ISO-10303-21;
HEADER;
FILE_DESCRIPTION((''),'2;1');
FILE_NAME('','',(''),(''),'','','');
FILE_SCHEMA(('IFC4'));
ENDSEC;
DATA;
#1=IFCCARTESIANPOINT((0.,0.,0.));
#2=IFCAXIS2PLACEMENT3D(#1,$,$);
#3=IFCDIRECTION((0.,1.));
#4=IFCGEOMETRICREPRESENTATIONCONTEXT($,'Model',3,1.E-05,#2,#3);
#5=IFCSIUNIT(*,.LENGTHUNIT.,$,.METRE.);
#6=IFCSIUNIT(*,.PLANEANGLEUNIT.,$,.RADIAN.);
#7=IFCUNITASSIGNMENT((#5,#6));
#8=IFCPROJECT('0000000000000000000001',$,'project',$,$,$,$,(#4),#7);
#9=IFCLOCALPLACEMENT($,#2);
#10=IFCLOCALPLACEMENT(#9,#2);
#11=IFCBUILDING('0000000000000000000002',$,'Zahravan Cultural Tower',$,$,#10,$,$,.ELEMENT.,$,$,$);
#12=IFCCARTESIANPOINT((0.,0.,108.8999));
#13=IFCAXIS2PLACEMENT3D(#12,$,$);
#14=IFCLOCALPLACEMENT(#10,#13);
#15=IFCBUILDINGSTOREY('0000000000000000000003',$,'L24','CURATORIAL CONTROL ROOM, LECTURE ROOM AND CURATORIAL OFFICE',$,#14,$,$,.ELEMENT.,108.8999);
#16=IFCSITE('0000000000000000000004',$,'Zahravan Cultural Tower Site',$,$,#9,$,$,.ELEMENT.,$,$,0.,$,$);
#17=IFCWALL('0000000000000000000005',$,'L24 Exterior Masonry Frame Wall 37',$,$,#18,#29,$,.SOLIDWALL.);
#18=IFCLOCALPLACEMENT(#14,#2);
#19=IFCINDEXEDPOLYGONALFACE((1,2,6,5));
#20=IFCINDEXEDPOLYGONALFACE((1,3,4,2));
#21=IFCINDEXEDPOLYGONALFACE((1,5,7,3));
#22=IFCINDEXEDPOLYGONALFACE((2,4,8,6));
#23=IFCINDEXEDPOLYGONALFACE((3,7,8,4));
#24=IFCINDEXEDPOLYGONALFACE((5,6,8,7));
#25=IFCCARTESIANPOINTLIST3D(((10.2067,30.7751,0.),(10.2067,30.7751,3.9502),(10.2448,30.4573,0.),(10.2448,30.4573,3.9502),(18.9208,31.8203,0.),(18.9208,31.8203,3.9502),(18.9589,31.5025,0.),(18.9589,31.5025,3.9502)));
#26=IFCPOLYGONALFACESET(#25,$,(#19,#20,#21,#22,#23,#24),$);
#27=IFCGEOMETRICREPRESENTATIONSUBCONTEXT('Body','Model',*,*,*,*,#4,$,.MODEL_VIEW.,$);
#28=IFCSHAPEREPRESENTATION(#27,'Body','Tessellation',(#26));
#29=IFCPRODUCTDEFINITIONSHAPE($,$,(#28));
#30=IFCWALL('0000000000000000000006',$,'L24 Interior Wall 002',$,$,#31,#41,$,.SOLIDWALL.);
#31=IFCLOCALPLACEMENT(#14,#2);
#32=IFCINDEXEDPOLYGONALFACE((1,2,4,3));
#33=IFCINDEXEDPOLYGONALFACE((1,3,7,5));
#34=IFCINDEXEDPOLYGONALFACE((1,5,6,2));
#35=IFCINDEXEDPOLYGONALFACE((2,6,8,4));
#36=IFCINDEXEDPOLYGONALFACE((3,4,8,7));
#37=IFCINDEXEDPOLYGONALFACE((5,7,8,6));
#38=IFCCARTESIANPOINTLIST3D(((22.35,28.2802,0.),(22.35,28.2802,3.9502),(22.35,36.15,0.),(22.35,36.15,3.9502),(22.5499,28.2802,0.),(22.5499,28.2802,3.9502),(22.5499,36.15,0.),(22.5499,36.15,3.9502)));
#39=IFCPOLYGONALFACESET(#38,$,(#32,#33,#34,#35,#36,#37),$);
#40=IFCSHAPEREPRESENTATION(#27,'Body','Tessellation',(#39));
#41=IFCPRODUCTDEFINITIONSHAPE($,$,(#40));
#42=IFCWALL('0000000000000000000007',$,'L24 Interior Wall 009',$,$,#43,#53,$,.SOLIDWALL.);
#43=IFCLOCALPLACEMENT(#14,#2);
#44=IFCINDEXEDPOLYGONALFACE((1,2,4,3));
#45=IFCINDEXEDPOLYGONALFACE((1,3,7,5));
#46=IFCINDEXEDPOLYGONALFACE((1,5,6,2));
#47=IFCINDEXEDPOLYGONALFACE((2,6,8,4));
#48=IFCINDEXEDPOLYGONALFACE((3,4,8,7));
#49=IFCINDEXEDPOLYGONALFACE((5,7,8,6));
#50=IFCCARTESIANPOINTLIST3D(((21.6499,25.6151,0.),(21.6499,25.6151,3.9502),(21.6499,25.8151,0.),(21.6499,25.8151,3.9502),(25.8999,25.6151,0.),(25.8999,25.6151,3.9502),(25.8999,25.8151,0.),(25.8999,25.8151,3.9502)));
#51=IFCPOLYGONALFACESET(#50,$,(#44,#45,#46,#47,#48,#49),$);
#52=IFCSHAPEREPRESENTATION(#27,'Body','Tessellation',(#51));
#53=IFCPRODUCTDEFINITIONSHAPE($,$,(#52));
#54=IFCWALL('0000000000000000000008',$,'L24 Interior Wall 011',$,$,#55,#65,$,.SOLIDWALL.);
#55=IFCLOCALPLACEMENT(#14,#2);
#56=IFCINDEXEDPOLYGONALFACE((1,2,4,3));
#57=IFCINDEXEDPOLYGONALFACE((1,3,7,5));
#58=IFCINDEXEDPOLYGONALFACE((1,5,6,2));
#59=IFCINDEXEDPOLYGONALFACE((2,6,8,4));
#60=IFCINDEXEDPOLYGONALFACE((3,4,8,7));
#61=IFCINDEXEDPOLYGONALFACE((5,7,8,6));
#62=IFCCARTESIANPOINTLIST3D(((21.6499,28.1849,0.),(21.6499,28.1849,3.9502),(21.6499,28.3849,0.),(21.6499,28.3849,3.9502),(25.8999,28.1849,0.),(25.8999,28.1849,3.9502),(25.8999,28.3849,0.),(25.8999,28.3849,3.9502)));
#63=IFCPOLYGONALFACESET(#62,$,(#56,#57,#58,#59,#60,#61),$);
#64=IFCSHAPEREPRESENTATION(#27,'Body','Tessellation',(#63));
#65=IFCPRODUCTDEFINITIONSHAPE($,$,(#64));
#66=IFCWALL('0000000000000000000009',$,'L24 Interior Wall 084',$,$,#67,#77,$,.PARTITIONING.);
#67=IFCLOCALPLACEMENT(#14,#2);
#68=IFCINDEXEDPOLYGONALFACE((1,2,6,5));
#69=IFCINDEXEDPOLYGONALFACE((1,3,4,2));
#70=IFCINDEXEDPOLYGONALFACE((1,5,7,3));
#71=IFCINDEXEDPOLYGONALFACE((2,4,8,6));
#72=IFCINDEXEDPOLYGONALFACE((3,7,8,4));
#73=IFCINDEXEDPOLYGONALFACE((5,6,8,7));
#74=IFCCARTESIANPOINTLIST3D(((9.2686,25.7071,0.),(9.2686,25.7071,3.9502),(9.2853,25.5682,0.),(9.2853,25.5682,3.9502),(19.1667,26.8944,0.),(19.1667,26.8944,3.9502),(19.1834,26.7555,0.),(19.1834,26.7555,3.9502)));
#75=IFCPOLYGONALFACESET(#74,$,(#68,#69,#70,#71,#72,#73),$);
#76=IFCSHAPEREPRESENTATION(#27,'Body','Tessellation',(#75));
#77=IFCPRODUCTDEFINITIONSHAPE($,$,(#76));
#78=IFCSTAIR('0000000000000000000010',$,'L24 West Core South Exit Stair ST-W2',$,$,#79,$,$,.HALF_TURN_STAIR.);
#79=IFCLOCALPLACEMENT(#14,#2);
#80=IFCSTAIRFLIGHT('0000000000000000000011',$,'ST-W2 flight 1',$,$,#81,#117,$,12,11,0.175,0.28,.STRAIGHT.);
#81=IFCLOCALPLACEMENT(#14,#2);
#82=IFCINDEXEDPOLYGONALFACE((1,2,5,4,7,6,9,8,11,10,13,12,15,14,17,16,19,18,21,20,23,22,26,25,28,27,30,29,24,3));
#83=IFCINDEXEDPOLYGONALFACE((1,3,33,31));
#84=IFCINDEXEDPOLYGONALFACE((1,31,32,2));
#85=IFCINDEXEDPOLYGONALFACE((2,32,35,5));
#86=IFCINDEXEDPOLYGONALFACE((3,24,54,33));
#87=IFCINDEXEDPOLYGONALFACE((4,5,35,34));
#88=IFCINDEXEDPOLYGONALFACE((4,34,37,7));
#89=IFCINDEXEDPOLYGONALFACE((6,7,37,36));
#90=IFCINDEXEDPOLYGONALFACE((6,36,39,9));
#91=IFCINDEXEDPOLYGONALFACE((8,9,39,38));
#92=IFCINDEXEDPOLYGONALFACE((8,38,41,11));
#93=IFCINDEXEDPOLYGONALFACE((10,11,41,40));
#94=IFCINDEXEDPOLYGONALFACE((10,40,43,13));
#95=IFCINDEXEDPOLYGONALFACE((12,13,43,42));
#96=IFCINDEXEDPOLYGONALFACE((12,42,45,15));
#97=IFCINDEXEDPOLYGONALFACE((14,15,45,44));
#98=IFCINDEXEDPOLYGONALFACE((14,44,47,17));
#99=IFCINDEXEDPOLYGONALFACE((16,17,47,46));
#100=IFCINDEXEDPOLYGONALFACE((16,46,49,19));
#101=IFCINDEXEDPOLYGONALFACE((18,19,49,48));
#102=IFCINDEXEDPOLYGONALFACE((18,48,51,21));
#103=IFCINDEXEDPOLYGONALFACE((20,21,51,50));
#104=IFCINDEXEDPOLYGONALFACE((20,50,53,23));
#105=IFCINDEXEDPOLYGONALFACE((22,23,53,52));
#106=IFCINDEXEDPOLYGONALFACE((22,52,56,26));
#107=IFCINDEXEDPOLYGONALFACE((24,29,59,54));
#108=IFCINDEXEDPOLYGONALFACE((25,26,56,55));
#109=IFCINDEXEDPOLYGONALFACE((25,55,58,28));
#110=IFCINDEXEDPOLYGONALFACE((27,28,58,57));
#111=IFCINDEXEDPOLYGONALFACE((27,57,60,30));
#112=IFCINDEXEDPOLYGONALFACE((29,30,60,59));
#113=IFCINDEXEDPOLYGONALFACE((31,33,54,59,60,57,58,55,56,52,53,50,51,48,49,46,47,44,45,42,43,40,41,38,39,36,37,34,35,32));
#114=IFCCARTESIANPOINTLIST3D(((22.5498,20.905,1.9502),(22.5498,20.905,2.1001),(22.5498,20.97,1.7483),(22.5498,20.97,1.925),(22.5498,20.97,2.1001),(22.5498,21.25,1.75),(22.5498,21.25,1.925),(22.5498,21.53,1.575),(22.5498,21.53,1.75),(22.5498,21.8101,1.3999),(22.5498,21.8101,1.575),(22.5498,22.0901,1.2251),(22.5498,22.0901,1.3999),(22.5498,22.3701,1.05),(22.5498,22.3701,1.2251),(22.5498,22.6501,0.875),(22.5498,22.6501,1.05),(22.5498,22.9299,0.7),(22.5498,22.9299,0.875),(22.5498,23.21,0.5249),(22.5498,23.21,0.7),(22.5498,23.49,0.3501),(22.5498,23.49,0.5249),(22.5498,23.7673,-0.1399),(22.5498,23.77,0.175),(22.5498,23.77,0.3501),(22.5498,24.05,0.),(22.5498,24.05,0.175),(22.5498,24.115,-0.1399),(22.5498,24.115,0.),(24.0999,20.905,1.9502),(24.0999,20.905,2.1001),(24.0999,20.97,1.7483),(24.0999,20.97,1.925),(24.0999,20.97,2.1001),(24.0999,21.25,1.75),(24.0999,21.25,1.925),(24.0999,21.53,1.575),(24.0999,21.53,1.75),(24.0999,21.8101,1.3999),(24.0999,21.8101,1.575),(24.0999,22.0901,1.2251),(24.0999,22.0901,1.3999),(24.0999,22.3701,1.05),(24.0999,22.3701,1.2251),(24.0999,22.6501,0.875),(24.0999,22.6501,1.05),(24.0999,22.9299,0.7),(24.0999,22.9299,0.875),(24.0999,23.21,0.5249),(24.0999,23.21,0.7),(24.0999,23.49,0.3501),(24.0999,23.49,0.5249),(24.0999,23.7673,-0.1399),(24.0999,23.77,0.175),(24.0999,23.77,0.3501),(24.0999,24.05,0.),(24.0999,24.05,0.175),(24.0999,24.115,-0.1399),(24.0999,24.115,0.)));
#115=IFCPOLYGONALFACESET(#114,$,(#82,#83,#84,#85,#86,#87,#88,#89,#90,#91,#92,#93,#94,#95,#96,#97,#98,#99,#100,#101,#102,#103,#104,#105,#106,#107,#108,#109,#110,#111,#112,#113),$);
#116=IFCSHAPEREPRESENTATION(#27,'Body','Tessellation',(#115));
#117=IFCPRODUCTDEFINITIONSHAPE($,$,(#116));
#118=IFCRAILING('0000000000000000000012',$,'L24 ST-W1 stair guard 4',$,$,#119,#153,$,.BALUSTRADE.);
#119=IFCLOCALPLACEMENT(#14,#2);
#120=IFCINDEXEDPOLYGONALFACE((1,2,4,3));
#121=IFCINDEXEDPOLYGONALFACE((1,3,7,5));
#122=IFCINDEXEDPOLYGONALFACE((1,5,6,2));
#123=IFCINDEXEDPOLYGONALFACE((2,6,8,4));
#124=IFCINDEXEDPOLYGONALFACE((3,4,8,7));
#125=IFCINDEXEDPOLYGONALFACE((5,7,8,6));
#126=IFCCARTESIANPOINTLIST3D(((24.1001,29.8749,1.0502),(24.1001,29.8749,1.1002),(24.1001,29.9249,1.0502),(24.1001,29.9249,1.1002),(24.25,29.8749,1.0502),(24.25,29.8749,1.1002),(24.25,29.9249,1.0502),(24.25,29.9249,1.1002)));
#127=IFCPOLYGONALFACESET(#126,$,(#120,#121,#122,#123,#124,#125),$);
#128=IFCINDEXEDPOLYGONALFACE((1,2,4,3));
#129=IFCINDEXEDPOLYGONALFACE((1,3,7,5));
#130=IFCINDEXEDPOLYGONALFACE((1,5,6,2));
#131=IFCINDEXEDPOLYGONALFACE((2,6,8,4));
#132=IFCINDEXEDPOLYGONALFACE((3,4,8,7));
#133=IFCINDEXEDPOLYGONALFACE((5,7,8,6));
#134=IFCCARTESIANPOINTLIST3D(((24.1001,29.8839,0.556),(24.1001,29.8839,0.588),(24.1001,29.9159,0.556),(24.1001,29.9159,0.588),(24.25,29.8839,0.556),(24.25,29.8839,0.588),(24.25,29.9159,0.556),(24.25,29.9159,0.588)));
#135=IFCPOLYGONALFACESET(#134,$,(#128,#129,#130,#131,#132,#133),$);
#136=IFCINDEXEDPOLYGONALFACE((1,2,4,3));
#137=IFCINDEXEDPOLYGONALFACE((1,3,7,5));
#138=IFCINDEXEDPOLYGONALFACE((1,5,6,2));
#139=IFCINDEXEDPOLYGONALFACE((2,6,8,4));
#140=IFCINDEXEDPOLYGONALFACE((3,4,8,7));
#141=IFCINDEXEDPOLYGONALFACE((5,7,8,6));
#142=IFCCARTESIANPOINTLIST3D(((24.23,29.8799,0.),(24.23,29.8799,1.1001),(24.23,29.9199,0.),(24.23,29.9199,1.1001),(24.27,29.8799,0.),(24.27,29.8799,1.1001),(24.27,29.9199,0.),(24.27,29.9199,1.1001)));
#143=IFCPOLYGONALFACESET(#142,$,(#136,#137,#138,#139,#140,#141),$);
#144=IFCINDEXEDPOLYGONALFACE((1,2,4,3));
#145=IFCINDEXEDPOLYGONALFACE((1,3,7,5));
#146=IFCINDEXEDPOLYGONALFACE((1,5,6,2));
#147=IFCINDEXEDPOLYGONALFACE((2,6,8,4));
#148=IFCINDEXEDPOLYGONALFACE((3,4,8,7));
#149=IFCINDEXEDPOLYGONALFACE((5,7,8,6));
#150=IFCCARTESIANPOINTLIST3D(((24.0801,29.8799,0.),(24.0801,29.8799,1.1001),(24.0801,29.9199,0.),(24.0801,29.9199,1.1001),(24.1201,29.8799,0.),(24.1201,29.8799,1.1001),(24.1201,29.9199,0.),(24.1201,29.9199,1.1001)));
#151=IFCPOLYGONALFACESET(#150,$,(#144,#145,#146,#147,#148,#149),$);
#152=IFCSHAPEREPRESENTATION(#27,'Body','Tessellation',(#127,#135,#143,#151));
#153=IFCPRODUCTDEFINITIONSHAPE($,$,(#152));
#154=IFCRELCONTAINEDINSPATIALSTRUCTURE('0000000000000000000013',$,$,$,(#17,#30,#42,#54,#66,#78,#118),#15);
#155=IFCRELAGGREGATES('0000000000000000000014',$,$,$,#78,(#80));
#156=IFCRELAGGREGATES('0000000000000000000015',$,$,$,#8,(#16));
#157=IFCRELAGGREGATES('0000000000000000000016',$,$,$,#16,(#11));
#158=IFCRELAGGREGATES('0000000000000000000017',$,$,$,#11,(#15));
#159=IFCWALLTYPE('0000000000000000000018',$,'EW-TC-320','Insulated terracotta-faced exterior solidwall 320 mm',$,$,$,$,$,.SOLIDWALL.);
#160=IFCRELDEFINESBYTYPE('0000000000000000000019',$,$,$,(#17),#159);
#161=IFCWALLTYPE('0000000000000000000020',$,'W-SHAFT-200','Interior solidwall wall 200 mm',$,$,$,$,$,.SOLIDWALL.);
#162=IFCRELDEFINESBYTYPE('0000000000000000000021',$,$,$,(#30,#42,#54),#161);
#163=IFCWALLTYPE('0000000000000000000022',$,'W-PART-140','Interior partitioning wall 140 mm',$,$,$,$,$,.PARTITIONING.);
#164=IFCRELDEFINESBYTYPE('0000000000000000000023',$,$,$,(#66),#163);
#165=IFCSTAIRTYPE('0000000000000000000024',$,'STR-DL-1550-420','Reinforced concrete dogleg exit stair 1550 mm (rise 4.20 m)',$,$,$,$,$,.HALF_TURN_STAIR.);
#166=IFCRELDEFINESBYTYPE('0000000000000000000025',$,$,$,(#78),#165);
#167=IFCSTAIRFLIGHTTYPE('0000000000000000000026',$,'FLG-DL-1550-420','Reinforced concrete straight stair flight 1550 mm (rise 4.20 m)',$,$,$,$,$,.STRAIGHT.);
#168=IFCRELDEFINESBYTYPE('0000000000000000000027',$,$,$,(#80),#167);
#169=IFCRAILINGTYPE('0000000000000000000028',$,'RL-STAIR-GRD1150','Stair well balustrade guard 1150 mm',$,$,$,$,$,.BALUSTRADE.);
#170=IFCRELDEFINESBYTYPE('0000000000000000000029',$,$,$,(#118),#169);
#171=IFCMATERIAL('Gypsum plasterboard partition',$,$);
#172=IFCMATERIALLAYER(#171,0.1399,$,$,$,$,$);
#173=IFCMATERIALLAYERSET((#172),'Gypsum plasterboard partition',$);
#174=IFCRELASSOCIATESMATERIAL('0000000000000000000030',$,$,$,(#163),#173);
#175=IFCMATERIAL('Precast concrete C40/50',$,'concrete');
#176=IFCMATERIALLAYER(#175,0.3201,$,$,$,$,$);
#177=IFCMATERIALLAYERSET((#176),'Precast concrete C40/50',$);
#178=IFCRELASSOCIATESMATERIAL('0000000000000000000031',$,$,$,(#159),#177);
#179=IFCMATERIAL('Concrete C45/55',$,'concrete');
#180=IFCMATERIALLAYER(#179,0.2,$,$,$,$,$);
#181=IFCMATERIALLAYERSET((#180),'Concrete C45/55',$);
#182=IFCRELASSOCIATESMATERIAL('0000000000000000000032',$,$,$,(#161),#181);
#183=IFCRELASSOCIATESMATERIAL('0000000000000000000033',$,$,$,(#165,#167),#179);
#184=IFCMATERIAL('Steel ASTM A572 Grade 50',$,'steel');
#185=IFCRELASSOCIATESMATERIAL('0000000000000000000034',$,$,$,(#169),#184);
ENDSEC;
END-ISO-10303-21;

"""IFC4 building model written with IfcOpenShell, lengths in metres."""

from ifc_helpers import new_model, si_unit, direction, frame, frame_2d, origin, origin_2d, place, context, subcontext, project, spatial, polyline, rectangle, outline, extrude, source, transform, mapped, material, layer, layer_set, type_object, element, aggregate, save


model = new_model("IFC4")

# Units and contexts
model_context = context("Model", 3, precision=1e-05, world=origin(), true_north=direction((0.0, 1.0)))
body_context = subcontext(model_context, "Body", "Model", "MODEL_VIEW")
ifc_project = project(units=[si_unit("LENGTHUNIT", "METRE"), si_unit("PLANEANGLEUNIT", "RADIAN")], contexts=[model_context])

# Site, building, storey
site_placement = place(None, origin())
site = spatial("IfcSite", under=ifc_project, at=site_placement, Name="Zahravan Cultural Tower Site", CompositionType="ELEMENT", RefElevation=0.0)
building_placement = place(site_placement, origin())
building = spatial("IfcBuilding", under=site, at=building_placement, Name="Zahravan Cultural Tower", CompositionType="ELEMENT")
storey_placement = place(building_placement, frame((0.0, 0.0, 108.8999)))
storey = spatial("IfcBuildingStorey", under=building, at=storey_placement, Name="L24", Description="CURATORIAL CONTROL ROOM, LECTURE ROOM AND CURATORIAL OFFICE", CompositionType="ELEMENT", Elevation=108.8999)

# Shared definitions
ifc_material_1 = material(Name="Gypsum plasterboard partition")
ifc_layer_1 = layer(ifc_material_1, 0.1399)
ifc_layer_set_1 = layer_set([ifc_layer_1], Name="Gypsum plasterboard partition")
wall_type_1 = type_object("IfcWallType", Name="W-PART-140", Description="Interior partitioning wall 140 mm", PredefinedType="PARTITIONING", material=ifc_layer_set_1)

# Walls
ifc_material_2 = material(Name="Precast concrete C40/50", Category="concrete")
ifc_layer_2 = layer(ifc_material_2, 0.3201)
ifc_layer_set_2 = layer_set([ifc_layer_2], Name="Precast concrete C40/50")
wall_type_2 = type_object("IfcWallType", Name="EW-TC-320", Description="Insulated terracotta-faced exterior solidwall 320 mm", PredefinedType="SOLIDWALL", material=ifc_layer_set_2)
shared_shape_1 = source(origin(), body_context, "Body", "SweptSolid", [
    extrude(rectangle(XDim=8.7766, YDim=0.3201, at=frame_2d((4.3882, 0.0))), origin(), (0.0, 0.0, 1.0), 3.9502),
])
wall_1_placement = place(storey_placement, frame((10.2258, 30.6162, 0.0), z_axis=(0.0, 0.0, 1.0), x_axis=(0.992884, 0.119086, 0.0)))
element("IfcWall", 1, at=wall_1_placement, inside=storey, type_object=wall_type_2, Name="L24 Exterior Masonry Frame Wall 37", PredefinedType="SOLIDWALL", context=body_context, shape_type="MappedRepresentation", body=[
    mapped(shared_shape_1, transform((0.0, 0.0, 0.0), x_axis=(1.0, 0.0, 0.0), y_axis=(0.0, 1.0, 0.0), z_axis=(0.0, 0.0, 1.0), scale=1.0)),
])
ifc_material_3 = material(Name="Concrete C45/55", Category="concrete")
ifc_layer_3 = layer(ifc_material_3, 0.2)
ifc_layer_set_3 = layer_set([ifc_layer_3], Name="Concrete C45/55")
wall_type_3 = type_object("IfcWallType", Name="W-SHAFT-200", Description="Interior solidwall wall 200 mm", PredefinedType="SOLIDWALL", material=ifc_layer_set_3)
shared_shape_2 = source(origin(), body_context, "Body", "SweptSolid", [
    extrude(rectangle(XDim=7.8699, YDim=0.2, at=frame_2d((3.9351, 0.0))), origin(), (0.0, 0.0, 1.0), 3.9502),
])
wall_2_placement = place(storey_placement, frame((22.45, 28.28, 0.0), z_axis=(0.0, 0.0, 1.0), x_axis=(0.0, 1.0, 0.0)))
element("IfcWall", 2, at=wall_2_placement, inside=storey, type_object=wall_type_3, Name="L24 Interior Wall 002", PredefinedType="SOLIDWALL", context=body_context, shape_type="MappedRepresentation", body=[
    mapped(shared_shape_2, transform((0.0, 0.0, 0.0), x_axis=(1.0, 0.0, 0.0), y_axis=(0.0, 1.0, 0.0), z_axis=(0.0, 0.0, 1.0), scale=1.0)),
])
shared_shape_3 = source(origin(), body_context, "Body", "SweptSolid", [
    extrude(rectangle(XDim=4.25, YDim=0.2, at=frame_2d((2.125, 0.0))), origin(), (0.0, 0.0, 1.0), 3.9502),
])
for number, where, z_axis, x_axis, name in (
    (3, (21.6499, 25.7151, 0.0), (0.0, 0.0, 1.0), (1.0, 0.0, 0.0), "L24 Interior Wall 009"),
    (4, (21.6499, 28.2849, 0.0), (0.0, 0.0, 1.0), (1.0, 0.0, 0.0), "L24 Interior Wall 011"),
):
    element("IfcWall", number, at=place(storey_placement, frame(where, z_axis=z_axis, x_axis=x_axis)), inside=storey, type_object=wall_type_3, Name=name, PredefinedType="SOLIDWALL", context=body_context, shape_type="MappedRepresentation", body=[
        mapped(shared_shape_3, transform((0.0, 0.0, 0.0), x_axis=(1.0, 0.0, 0.0), y_axis=(0.0, 1.0, 0.0), z_axis=(0.0, 0.0, 1.0), scale=1.0)),
    ])
shared_shape_4 = source(origin(), body_context, "Body", "SweptSolid", [
    extrude(rectangle(XDim=9.969, YDim=0.1399, at=frame_2d((4.9844, 0.0))), origin(), (0.0, 0.0, 1.0), 3.9502),
])
wall_3_placement = place(storey_placement, frame((9.2771, 25.6377, 0.0), z_axis=(0.0, 0.0, 1.0), x_axis=(0.992883, 0.119096, 0.0)))
element("IfcWall", 5, at=wall_3_placement, inside=storey, type_object=wall_type_1, Name="L24 Interior Wall 084", PredefinedType="PARTITIONING", context=body_context, shape_type="MappedRepresentation", body=[
    mapped(shared_shape_4, transform((0.0, 0.0, 0.0), x_axis=(1.0, 0.0, 0.0), y_axis=(0.0, 1.0, 0.0), z_axis=(0.0, 0.0, 1.0), scale=1.0)),
])

# Stair, stair flight
stair_type = type_object("IfcStairType", Name="STR-DL-1550-420", Description="Reinforced concrete dogleg exit stair 1550 mm (rise 4.20 m)", PredefinedType="HALF_TURN_STAIR", material=ifc_material_3)
stair_placement = place(storey_placement, origin())
stair = element("IfcStair", 6, at=stair_placement, inside=storey, type_object=stair_type, Name="L24 West Core South Exit Stair ST-W2", PredefinedType="HALF_TURN_STAIR")
stair_flight_type = type_object("IfcStairFlightType", Name="FLG-DL-1550-420", Description="Reinforced concrete straight stair flight 1550 mm (rise 4.20 m)", PredefinedType="STRAIGHT", material=ifc_material_3)
stair_flight_placement = place(storey_placement, frame((23.325, 24.05, 0.0), z_axis=(0.0, 0.0, 1.0), x_axis=(0.0, -1.0, 0.0)))
stair_flight = element("IfcStairFlight", 7, at=stair_flight_placement, type_object=stair_flight_type, Name="ST-W2 flight 1", NumberOfRisers=12, NumberOfTreads=11, PredefinedType="STRAIGHT", RiserHeight=0.175, TreadLength=0.28, context=body_context, shape_type="SweptSolid", body=[
    extrude(outline(polyline([(-0.0649, -0.1399), (-0.0649, 0.0), (0.0, 0.0), (0.0, 0.175), (0.28, 0.175), (0.28, 0.3501), (0.5601, 0.3501), (0.5601, 0.5249), (0.8401, 0.5249), (0.8401, 0.7), (1.1201, 0.7), (1.1201, 0.875), (1.3999, 0.875), (1.3999, 1.05), (1.6799, 1.05), (1.6799, 1.2251), (1.96, 1.2251), (1.96, 1.3999), (2.24, 1.3999), (2.24, 1.575), (2.52, 1.575), (2.52, 1.75), (2.8, 1.75), (2.8, 1.925), (3.0801, 1.925), (3.0801, 2.1001), (3.145, 2.1001), (3.145, 1.9502), (3.0801, 1.7483), (0.2827, -0.1399), (-0.0649, -0.1399)])), frame((0.0, 0.7749, 0.0), z_axis=(0.0, -1.0, 0.0), x_axis=(1.0, 0.0, 0.0)), (0.0, 0.0, 1.0), 1.55),
])
aggregate(stair, [stair_flight])

# Railing
ifc_material_4 = material(Name="Steel ASTM A572 Grade 50", Category="steel")
railing_type_1 = type_object("IfcRailingType", Name="RL-STAIR-GRD1150", Description="Stair well balustrade guard 1150 mm", PredefinedType="BALUSTRADE", material=ifc_material_4)
railing_1_placement = place(storey_placement, frame((24.25, 29.8999, 0.0)))
element("IfcRailing", 8, at=railing_1_placement, inside=storey, type_object=railing_type_1, Name="L24 ST-W1 stair guard 4", PredefinedType="BALUSTRADE", context=body_context, shape_type="SweptSolid", body=[
    extrude(rectangle(XDim=0.05, YDim=0.05, at=origin_2d()), frame((0.0, 0.0, 1.0752), z_axis=(-1.0, 0.0, 0.0), x_axis=(0.0, -1.0, 0.0)), (0.0, 0.0, 1.0), 0.1499),
    extrude(rectangle(XDim=0.032, YDim=0.032, at=origin_2d()), frame((0.0, 0.0, 0.572), z_axis=(-1.0, 0.0, 0.0), x_axis=(0.0, -1.0, 0.0)), (0.0, 0.0, 1.0), 0.1499),
    extrude(rectangle(XDim=0.04, YDim=0.04, at=origin_2d()), origin(), (0.0, 0.0, 1.0), 1.1001),
    extrude(rectangle(XDim=0.04, YDim=0.04, at=origin_2d()), frame((-0.1499, 0.0, 0.0)), (0.0, 0.0, 1.0), 1.1001),
])

save(model, "model.ifc")
